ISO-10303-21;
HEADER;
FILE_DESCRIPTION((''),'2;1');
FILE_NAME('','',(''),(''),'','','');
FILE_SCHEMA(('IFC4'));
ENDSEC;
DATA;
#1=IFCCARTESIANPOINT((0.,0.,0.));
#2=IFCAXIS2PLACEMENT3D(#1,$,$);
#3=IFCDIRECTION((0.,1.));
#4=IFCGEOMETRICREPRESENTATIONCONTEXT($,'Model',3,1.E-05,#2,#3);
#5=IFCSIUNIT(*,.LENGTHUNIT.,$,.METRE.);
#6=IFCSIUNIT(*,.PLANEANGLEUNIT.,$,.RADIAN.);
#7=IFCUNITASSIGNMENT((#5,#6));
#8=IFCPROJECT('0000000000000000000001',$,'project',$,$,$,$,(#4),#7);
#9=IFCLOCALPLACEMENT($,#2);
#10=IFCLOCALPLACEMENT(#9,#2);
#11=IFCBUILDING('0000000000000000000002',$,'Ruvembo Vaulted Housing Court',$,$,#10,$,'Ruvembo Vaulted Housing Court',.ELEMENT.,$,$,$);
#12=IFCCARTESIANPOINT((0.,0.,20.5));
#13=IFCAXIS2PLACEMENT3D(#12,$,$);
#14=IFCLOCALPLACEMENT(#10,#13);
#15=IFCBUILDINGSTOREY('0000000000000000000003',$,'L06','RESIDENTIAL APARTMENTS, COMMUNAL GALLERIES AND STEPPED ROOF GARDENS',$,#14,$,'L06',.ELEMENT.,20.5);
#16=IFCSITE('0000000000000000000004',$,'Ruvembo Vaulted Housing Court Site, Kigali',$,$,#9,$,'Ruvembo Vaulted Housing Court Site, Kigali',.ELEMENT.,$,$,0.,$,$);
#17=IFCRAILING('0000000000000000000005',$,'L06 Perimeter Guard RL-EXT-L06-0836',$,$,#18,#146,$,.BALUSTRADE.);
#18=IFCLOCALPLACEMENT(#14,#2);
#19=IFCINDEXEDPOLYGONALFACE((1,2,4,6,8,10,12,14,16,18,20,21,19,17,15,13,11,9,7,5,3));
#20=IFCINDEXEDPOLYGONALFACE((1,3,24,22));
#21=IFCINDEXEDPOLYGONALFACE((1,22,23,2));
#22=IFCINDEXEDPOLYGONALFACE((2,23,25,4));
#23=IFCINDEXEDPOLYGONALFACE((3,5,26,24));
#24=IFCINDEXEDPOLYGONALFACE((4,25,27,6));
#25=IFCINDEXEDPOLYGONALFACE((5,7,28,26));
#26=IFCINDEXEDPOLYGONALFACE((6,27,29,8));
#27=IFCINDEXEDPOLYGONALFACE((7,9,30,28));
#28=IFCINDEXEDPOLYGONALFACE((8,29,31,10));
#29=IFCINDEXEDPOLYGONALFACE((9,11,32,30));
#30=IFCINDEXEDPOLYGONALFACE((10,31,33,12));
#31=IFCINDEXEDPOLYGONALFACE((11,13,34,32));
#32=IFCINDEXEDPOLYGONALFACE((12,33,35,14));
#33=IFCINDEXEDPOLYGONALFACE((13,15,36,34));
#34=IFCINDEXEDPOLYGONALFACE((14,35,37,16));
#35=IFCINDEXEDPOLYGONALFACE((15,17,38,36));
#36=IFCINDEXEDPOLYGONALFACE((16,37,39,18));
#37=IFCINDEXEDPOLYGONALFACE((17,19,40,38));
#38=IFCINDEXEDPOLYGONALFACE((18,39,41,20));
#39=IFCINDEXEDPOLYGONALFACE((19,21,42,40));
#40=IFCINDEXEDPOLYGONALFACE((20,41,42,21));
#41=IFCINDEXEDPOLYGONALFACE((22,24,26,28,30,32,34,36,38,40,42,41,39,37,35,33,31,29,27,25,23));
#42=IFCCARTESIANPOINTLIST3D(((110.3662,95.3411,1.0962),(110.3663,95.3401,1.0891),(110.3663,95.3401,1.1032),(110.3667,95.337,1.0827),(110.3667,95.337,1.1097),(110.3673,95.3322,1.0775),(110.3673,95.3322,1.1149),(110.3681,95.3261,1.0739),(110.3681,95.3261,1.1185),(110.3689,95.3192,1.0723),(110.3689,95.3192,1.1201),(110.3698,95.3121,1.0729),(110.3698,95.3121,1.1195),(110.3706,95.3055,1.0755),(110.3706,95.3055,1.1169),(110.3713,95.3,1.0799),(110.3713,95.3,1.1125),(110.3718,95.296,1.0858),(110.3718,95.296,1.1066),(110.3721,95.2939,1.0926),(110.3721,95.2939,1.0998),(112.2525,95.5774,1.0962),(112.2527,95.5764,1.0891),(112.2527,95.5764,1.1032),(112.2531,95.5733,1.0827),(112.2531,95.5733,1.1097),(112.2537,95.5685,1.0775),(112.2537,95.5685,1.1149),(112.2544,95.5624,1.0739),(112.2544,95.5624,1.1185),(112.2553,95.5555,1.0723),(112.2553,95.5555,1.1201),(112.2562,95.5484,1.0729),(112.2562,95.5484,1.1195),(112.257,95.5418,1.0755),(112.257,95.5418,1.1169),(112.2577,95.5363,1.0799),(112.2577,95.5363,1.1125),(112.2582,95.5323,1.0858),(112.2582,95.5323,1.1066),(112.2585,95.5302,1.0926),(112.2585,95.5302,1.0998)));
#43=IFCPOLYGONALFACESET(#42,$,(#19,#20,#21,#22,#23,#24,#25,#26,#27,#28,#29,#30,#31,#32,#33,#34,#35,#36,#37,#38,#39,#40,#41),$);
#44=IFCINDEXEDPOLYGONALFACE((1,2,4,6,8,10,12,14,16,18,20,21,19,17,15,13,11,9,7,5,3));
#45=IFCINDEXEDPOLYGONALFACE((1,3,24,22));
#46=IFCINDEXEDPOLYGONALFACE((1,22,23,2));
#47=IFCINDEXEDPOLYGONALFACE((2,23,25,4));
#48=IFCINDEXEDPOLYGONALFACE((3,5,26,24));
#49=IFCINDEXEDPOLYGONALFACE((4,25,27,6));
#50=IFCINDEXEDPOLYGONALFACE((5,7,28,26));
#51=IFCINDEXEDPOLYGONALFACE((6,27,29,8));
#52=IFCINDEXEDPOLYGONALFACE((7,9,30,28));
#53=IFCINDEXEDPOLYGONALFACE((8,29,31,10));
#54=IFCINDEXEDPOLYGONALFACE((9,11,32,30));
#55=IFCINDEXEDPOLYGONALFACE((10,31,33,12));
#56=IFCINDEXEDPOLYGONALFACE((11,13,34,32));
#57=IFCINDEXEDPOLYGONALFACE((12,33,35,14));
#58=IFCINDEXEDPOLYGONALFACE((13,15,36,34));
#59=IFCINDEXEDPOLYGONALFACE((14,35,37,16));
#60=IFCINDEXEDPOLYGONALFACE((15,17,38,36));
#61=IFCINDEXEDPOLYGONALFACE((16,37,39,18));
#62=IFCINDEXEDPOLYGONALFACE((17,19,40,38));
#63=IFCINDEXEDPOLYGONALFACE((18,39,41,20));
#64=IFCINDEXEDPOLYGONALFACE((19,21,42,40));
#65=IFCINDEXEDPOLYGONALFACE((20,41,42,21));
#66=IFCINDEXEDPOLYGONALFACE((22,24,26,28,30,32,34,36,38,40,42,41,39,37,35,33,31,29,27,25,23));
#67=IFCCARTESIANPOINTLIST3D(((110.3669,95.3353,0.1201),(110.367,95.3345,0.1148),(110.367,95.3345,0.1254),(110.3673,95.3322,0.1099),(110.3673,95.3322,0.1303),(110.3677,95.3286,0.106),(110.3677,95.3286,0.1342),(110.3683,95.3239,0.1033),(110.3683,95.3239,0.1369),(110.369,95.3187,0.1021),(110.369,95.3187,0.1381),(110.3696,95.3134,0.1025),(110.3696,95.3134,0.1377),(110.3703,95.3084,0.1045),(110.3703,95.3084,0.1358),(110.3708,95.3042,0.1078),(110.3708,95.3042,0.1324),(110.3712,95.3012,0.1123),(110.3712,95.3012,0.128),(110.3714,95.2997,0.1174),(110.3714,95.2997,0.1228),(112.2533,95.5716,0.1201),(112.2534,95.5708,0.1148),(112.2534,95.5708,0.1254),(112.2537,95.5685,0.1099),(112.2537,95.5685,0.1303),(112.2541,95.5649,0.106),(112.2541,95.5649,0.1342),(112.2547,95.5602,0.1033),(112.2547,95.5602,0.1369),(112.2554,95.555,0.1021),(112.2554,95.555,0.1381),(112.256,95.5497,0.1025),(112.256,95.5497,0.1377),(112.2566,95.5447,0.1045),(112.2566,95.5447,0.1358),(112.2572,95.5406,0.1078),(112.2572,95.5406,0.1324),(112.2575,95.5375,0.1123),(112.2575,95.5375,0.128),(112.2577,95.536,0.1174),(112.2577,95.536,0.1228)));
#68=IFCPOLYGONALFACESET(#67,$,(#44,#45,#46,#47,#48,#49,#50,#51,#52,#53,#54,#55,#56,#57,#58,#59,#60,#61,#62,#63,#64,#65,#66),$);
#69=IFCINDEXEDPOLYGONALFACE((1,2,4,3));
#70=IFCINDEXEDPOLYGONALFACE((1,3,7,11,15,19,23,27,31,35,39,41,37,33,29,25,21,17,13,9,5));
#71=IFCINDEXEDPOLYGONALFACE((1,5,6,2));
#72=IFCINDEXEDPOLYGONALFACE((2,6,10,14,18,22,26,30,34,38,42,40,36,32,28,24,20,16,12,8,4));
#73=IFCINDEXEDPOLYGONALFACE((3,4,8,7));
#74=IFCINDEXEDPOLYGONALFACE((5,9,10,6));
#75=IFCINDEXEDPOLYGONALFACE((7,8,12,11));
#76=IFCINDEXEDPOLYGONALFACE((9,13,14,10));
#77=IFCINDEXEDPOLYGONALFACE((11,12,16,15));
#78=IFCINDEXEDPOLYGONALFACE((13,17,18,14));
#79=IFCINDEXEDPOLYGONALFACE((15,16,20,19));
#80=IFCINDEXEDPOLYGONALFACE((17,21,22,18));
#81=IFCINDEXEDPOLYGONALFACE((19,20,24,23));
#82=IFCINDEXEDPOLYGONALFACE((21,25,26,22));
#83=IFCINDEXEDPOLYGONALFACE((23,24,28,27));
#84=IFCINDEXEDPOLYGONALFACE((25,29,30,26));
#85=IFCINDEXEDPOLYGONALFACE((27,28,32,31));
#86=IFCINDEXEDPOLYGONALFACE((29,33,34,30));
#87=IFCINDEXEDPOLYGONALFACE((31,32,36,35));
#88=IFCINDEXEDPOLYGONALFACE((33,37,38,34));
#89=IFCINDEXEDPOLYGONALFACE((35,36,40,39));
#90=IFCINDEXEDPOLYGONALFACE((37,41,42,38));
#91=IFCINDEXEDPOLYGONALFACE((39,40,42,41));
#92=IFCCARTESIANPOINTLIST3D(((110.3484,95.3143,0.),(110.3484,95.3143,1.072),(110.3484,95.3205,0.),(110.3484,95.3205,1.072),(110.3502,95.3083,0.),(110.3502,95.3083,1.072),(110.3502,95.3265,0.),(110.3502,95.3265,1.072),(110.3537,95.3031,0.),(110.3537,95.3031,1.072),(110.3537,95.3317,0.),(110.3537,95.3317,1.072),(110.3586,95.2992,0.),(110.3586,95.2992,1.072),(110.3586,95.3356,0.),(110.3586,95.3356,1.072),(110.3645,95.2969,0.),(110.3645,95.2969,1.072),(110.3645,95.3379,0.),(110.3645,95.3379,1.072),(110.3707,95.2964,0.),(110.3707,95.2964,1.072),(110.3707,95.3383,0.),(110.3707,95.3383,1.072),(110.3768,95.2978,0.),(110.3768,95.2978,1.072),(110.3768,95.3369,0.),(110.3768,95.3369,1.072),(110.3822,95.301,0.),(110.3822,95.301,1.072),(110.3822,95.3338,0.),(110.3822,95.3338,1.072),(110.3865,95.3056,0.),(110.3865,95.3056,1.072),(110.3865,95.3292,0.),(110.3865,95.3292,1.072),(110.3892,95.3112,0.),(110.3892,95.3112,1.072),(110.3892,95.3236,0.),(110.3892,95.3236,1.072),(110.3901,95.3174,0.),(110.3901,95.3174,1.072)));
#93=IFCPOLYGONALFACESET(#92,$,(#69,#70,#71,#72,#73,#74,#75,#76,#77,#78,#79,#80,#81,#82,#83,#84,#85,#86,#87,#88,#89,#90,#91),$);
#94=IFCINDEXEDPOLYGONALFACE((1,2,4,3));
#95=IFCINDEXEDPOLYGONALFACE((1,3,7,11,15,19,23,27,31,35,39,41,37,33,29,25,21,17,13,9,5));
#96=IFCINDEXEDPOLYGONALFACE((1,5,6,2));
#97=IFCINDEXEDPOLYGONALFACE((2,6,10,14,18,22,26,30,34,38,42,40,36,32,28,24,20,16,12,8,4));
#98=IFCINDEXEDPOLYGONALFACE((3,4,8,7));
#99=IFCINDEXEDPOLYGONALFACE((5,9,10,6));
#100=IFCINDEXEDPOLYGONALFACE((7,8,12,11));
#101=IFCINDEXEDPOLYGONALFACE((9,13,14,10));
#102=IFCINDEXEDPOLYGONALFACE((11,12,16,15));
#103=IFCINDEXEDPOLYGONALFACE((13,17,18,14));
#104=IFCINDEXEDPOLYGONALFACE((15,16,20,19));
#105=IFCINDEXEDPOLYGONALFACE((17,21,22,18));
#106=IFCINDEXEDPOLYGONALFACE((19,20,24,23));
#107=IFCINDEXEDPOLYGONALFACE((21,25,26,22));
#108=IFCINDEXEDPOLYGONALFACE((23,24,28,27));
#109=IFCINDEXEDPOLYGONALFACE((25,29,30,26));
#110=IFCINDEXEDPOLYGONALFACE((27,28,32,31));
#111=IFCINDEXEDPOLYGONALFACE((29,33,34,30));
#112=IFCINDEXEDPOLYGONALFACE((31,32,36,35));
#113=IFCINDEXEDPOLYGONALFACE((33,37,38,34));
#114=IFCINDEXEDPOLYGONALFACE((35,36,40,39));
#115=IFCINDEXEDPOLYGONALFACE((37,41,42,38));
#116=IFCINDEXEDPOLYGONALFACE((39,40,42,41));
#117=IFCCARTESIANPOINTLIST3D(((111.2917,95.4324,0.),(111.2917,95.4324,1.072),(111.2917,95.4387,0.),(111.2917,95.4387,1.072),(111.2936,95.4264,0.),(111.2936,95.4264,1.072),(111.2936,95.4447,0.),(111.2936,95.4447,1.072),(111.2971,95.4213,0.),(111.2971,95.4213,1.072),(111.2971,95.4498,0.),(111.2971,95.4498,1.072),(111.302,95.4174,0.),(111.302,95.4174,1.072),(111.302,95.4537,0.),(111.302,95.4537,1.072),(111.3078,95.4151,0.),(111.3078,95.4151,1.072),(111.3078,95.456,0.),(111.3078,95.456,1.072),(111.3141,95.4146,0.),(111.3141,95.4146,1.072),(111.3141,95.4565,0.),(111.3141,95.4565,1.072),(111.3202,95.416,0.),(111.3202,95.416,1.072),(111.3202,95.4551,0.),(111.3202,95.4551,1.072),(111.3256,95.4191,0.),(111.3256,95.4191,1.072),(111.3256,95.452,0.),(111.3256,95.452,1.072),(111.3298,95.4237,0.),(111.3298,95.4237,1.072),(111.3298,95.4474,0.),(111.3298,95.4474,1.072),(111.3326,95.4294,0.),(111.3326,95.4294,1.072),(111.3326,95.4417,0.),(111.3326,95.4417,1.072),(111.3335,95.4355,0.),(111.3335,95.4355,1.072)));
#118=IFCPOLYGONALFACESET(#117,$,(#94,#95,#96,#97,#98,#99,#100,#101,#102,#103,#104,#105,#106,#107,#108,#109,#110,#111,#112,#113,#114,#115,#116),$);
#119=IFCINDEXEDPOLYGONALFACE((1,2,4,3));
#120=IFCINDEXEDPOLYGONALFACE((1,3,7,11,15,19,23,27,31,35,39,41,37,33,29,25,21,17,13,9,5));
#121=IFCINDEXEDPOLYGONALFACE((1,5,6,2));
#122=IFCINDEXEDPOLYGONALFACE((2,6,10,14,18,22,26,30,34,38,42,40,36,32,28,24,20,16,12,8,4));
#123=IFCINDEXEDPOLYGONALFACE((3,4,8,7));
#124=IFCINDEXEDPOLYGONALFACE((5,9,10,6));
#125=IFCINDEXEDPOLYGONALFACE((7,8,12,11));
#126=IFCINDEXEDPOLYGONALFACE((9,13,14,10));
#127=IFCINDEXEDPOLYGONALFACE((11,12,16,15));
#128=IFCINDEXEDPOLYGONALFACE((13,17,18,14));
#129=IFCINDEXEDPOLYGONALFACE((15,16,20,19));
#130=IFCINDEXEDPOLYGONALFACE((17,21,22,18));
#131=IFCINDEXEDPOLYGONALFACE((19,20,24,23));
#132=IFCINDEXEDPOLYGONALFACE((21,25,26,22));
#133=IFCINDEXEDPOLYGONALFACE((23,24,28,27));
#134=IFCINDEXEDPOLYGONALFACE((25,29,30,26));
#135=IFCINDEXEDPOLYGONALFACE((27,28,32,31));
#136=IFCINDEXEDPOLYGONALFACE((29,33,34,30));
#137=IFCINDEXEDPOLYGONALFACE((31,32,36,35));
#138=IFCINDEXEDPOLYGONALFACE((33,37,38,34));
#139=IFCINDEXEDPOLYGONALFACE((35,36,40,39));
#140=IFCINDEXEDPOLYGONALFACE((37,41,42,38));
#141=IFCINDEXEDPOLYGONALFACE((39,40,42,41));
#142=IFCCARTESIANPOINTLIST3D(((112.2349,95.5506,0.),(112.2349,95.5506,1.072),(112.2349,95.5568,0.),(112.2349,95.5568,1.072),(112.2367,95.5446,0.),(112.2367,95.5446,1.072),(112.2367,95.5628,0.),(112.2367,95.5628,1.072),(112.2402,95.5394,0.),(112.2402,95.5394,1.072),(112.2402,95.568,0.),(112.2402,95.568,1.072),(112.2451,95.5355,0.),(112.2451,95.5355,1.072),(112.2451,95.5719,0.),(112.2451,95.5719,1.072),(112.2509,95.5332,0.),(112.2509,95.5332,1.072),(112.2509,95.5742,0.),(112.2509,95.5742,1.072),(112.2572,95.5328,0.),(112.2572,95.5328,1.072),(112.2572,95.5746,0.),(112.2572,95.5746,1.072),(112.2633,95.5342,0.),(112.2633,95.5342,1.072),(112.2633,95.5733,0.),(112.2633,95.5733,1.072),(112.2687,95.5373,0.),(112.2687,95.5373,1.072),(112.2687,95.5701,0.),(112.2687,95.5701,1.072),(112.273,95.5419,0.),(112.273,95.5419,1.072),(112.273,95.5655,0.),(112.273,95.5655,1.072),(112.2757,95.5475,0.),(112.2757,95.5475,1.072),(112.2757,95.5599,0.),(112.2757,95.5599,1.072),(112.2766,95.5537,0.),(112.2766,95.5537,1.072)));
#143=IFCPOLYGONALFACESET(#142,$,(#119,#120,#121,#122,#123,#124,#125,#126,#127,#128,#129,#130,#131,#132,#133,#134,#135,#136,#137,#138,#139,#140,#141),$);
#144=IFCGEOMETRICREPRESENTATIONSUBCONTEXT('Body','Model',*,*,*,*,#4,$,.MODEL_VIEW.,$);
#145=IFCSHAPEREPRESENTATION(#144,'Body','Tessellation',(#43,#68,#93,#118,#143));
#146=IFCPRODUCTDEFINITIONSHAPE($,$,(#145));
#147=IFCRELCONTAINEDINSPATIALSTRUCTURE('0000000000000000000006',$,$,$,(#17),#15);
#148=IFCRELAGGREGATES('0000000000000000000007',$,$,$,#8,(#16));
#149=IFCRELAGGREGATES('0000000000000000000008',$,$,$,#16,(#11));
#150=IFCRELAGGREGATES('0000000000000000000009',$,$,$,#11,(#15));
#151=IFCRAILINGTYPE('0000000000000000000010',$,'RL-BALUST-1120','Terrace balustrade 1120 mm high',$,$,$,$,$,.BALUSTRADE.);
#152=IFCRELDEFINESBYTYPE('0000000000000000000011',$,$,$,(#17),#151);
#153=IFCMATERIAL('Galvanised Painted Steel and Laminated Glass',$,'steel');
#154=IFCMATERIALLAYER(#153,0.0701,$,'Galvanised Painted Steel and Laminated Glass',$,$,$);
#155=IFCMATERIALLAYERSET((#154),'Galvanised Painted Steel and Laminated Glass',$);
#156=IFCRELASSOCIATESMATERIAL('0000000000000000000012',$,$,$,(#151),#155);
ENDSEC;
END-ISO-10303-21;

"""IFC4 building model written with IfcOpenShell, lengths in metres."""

from ifc_helpers import new_model, si_unit, direction, frame, origin, origin_2d, place, context, subcontext, project, spatial, circle, extrude, material, layer, layer_set, type_object, element, save


model = new_model("IFC4")

# Units and contexts
model_context = context("Model", 3, precision=1e-05, world=origin(), true_north=direction((0.0, 1.0)))
body_context = subcontext(model_context, "Body", "Model", "MODEL_VIEW")
ifc_project = project(units=[si_unit("LENGTHUNIT", "METRE"), si_unit("PLANEANGLEUNIT", "RADIAN")], contexts=[model_context])

# Site, building, storey
site_placement = place(None, origin())
site = spatial("IfcSite", under=ifc_project, at=site_placement, Name="Ruvembo Vaulted Housing Court Site, Kigali", LongName="Ruvembo Vaulted Housing Court Site, Kigali", CompositionType="ELEMENT", RefElevation=0.0)
building_placement = place(site_placement, origin())
building = spatial("IfcBuilding", under=site, at=building_placement, Name="Ruvembo Vaulted Housing Court", LongName="Ruvembo Vaulted Housing Court", CompositionType="ELEMENT")
storey_placement = place(building_placement, frame((0.0, 0.0, 20.5)))
storey = spatial("IfcBuildingStorey", under=building, at=storey_placement, Name="L06", Description="RESIDENTIAL APARTMENTS, COMMUNAL GALLERIES AND STEPPED ROOF GARDENS", LongName="L06", CompositionType="ELEMENT", Elevation=20.5)

# Railing
ifc_material_1 = material(Name="Galvanised Painted Steel and Laminated Glass", Category="steel")
ifc_layer = layer(ifc_material_1, 0.0701, Name="Galvanised Painted Steel and Laminated Glass")
ifc_layer_set = layer_set([ifc_layer], Name="Galvanised Painted Steel and Laminated Glass")
railing_type = type_object("IfcRailingType", Name="RL-BALUST-1120", Description="Terrace balustrade 1120 mm high", PredefinedType="BALUSTRADE", material=ifc_layer_set)
railing_1_placement = place(storey_placement, frame((110.3691, 95.3174, 0.0)))
element("IfcRailing", 1, at=railing_1_placement, inside=storey, type_object=railing_type, Name="L06 Perimeter Guard RL-EXT-L06-0836", PredefinedType="BALUSTRADE", context=body_context, shape_type="SweptSolid", body=[
    extrude(circle(Radius=0.0239, at=origin_2d()), frame((0.0, 0.0, 1.0962), z_axis=(0.992244, 0.124303, 0.0), x_axis=(-0.124303, 0.992244, 0.0)), (0.0, 0.0, 1.0), 1.9011),
    extrude(circle(Radius=0.0181, at=origin_2d()), frame((0.0, 0.0, 0.1201), z_axis=(0.992244, 0.124303, 0.0), x_axis=(-0.124303, 0.992244, 0.0)), (0.0, 0.0, 1.0), 1.9011),
    extrude(circle(Radius=0.021, at=origin_2d()), origin(), (0.0, 0.0, 1.0), 1.072),
    extrude(circle(Radius=0.021, at=origin_2d()), frame((0.9434, 0.1182, 0.0)), (0.0, 0.0, 1.0), 1.072),
    extrude(circle(Radius=0.021, at=origin_2d()), frame((1.8865, 0.2363, 0.0)), (0.0, 0.0, 1.0), 1.072),
])

save(model, "model.ifc")
